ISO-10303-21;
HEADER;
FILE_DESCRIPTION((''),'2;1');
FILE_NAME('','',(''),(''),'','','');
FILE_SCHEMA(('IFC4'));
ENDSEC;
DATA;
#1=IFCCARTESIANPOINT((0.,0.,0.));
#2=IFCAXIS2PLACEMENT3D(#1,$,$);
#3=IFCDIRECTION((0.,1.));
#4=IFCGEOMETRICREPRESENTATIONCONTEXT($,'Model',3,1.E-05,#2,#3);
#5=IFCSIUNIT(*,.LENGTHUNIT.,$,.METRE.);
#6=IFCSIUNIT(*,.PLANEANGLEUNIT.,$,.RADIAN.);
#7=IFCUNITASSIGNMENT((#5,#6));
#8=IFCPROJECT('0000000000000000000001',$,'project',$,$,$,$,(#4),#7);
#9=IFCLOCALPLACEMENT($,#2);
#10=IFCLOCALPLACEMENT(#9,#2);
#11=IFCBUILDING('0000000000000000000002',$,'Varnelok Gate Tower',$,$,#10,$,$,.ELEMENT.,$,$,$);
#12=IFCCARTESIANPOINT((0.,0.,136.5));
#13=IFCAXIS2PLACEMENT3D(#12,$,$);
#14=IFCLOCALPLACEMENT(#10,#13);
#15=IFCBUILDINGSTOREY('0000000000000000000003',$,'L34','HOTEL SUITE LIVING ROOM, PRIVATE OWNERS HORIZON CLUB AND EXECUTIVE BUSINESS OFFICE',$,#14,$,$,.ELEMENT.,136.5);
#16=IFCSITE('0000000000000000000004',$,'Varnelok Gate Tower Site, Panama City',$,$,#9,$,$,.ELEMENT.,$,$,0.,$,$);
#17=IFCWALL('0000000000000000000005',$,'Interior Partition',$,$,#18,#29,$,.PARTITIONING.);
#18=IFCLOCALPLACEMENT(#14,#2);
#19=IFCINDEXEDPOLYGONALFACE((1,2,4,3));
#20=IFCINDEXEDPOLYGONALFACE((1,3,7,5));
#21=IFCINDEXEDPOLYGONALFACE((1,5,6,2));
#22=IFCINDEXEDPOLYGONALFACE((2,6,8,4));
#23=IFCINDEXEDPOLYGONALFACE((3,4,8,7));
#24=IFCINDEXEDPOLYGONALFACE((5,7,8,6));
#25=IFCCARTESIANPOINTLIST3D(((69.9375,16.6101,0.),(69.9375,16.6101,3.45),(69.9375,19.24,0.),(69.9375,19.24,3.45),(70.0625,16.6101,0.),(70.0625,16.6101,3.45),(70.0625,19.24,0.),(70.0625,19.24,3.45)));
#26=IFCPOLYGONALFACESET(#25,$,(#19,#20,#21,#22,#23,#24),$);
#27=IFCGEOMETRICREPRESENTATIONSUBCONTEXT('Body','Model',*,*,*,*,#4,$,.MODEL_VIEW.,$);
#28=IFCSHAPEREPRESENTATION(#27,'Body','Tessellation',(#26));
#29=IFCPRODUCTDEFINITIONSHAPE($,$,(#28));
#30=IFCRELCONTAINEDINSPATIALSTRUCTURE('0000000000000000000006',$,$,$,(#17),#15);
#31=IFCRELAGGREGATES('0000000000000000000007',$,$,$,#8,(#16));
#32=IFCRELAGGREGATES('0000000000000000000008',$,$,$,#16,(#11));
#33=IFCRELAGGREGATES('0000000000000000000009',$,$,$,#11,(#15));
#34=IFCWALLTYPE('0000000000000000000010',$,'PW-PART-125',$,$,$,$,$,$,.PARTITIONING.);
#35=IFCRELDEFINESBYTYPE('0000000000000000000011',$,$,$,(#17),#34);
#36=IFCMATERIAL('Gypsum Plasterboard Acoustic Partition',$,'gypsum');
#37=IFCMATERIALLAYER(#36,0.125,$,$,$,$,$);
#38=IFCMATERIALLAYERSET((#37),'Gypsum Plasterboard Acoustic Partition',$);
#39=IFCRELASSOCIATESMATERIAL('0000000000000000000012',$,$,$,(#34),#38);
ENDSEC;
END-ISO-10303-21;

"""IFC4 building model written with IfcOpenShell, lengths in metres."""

from ifc_helpers import new_model, si_unit, direction, frame, frame_2d, origin, place, context, subcontext, project, spatial, rectangle, extrude, material, layer, layer_set, type_object, element, save


model = new_model("IFC4")

# Units and contexts
model_context = context("Model", 3, precision=1e-05, world=origin(), true_north=direction((0.0, 1.0)))
body_context = subcontext(model_context, "Body", "Model", "MODEL_VIEW")
ifc_project = project(units=[si_unit("LENGTHUNIT", "METRE"), si_unit("PLANEANGLEUNIT", "RADIAN")], contexts=[model_context])

# Site, building, storey
site_placement = place(None, origin())
site = spatial("IfcSite", under=ifc_project, at=site_placement, Name="Varnelok Gate Tower Site, Panama City", CompositionType="ELEMENT", RefElevation=0.0)
building_placement = place(site_placement, origin())
building = spatial("IfcBuilding", under=site, at=building_placement, Name="Varnelok Gate Tower", CompositionType="ELEMENT")
storey_placement = place(building_placement, frame((0.0, 0.0, 136.5)))
storey = spatial("IfcBuildingStorey", under=building, at=storey_placement, Name="L34", Description="HOTEL SUITE LIVING ROOM, PRIVATE OWNERS HORIZON CLUB AND EXECUTIVE BUSINESS OFFICE", CompositionType="ELEMENT", Elevation=136.5)

# Shared definitions
ifc_material_1 = material(Name="Gypsum Plasterboard Acoustic Partition", Category="gypsum")

# Wall
ifc_layer_1 = layer(ifc_material_1, 0.125)
ifc_layer_set_1 = layer_set([ifc_layer_1], Name="Gypsum Plasterboard Acoustic Partition")
wall_type_1 = type_object("IfcWallType", Name="PW-PART-125", PredefinedType="PARTITIONING", material=ifc_layer_set_1)
wall_1_placement = place(storey_placement, frame((70.0, 16.6101, 0.0), z_axis=(0.0, 0.0, 1.0), x_axis=(0.0, 1.0, 0.0)))
element("IfcWall", 1, at=wall_1_placement, inside=storey, type_object=wall_type_1, Name="Interior Partition", PredefinedType="PARTITIONING", context=body_context, shape_type="SweptSolid", body=[
    extrude(rectangle(XDim=2.6299, YDim=0.125, at=frame_2d((1.3149, 0.0))), origin(), (0.0, 0.0, 1.0), 3.45),
])

save(model, "model.ifc")
